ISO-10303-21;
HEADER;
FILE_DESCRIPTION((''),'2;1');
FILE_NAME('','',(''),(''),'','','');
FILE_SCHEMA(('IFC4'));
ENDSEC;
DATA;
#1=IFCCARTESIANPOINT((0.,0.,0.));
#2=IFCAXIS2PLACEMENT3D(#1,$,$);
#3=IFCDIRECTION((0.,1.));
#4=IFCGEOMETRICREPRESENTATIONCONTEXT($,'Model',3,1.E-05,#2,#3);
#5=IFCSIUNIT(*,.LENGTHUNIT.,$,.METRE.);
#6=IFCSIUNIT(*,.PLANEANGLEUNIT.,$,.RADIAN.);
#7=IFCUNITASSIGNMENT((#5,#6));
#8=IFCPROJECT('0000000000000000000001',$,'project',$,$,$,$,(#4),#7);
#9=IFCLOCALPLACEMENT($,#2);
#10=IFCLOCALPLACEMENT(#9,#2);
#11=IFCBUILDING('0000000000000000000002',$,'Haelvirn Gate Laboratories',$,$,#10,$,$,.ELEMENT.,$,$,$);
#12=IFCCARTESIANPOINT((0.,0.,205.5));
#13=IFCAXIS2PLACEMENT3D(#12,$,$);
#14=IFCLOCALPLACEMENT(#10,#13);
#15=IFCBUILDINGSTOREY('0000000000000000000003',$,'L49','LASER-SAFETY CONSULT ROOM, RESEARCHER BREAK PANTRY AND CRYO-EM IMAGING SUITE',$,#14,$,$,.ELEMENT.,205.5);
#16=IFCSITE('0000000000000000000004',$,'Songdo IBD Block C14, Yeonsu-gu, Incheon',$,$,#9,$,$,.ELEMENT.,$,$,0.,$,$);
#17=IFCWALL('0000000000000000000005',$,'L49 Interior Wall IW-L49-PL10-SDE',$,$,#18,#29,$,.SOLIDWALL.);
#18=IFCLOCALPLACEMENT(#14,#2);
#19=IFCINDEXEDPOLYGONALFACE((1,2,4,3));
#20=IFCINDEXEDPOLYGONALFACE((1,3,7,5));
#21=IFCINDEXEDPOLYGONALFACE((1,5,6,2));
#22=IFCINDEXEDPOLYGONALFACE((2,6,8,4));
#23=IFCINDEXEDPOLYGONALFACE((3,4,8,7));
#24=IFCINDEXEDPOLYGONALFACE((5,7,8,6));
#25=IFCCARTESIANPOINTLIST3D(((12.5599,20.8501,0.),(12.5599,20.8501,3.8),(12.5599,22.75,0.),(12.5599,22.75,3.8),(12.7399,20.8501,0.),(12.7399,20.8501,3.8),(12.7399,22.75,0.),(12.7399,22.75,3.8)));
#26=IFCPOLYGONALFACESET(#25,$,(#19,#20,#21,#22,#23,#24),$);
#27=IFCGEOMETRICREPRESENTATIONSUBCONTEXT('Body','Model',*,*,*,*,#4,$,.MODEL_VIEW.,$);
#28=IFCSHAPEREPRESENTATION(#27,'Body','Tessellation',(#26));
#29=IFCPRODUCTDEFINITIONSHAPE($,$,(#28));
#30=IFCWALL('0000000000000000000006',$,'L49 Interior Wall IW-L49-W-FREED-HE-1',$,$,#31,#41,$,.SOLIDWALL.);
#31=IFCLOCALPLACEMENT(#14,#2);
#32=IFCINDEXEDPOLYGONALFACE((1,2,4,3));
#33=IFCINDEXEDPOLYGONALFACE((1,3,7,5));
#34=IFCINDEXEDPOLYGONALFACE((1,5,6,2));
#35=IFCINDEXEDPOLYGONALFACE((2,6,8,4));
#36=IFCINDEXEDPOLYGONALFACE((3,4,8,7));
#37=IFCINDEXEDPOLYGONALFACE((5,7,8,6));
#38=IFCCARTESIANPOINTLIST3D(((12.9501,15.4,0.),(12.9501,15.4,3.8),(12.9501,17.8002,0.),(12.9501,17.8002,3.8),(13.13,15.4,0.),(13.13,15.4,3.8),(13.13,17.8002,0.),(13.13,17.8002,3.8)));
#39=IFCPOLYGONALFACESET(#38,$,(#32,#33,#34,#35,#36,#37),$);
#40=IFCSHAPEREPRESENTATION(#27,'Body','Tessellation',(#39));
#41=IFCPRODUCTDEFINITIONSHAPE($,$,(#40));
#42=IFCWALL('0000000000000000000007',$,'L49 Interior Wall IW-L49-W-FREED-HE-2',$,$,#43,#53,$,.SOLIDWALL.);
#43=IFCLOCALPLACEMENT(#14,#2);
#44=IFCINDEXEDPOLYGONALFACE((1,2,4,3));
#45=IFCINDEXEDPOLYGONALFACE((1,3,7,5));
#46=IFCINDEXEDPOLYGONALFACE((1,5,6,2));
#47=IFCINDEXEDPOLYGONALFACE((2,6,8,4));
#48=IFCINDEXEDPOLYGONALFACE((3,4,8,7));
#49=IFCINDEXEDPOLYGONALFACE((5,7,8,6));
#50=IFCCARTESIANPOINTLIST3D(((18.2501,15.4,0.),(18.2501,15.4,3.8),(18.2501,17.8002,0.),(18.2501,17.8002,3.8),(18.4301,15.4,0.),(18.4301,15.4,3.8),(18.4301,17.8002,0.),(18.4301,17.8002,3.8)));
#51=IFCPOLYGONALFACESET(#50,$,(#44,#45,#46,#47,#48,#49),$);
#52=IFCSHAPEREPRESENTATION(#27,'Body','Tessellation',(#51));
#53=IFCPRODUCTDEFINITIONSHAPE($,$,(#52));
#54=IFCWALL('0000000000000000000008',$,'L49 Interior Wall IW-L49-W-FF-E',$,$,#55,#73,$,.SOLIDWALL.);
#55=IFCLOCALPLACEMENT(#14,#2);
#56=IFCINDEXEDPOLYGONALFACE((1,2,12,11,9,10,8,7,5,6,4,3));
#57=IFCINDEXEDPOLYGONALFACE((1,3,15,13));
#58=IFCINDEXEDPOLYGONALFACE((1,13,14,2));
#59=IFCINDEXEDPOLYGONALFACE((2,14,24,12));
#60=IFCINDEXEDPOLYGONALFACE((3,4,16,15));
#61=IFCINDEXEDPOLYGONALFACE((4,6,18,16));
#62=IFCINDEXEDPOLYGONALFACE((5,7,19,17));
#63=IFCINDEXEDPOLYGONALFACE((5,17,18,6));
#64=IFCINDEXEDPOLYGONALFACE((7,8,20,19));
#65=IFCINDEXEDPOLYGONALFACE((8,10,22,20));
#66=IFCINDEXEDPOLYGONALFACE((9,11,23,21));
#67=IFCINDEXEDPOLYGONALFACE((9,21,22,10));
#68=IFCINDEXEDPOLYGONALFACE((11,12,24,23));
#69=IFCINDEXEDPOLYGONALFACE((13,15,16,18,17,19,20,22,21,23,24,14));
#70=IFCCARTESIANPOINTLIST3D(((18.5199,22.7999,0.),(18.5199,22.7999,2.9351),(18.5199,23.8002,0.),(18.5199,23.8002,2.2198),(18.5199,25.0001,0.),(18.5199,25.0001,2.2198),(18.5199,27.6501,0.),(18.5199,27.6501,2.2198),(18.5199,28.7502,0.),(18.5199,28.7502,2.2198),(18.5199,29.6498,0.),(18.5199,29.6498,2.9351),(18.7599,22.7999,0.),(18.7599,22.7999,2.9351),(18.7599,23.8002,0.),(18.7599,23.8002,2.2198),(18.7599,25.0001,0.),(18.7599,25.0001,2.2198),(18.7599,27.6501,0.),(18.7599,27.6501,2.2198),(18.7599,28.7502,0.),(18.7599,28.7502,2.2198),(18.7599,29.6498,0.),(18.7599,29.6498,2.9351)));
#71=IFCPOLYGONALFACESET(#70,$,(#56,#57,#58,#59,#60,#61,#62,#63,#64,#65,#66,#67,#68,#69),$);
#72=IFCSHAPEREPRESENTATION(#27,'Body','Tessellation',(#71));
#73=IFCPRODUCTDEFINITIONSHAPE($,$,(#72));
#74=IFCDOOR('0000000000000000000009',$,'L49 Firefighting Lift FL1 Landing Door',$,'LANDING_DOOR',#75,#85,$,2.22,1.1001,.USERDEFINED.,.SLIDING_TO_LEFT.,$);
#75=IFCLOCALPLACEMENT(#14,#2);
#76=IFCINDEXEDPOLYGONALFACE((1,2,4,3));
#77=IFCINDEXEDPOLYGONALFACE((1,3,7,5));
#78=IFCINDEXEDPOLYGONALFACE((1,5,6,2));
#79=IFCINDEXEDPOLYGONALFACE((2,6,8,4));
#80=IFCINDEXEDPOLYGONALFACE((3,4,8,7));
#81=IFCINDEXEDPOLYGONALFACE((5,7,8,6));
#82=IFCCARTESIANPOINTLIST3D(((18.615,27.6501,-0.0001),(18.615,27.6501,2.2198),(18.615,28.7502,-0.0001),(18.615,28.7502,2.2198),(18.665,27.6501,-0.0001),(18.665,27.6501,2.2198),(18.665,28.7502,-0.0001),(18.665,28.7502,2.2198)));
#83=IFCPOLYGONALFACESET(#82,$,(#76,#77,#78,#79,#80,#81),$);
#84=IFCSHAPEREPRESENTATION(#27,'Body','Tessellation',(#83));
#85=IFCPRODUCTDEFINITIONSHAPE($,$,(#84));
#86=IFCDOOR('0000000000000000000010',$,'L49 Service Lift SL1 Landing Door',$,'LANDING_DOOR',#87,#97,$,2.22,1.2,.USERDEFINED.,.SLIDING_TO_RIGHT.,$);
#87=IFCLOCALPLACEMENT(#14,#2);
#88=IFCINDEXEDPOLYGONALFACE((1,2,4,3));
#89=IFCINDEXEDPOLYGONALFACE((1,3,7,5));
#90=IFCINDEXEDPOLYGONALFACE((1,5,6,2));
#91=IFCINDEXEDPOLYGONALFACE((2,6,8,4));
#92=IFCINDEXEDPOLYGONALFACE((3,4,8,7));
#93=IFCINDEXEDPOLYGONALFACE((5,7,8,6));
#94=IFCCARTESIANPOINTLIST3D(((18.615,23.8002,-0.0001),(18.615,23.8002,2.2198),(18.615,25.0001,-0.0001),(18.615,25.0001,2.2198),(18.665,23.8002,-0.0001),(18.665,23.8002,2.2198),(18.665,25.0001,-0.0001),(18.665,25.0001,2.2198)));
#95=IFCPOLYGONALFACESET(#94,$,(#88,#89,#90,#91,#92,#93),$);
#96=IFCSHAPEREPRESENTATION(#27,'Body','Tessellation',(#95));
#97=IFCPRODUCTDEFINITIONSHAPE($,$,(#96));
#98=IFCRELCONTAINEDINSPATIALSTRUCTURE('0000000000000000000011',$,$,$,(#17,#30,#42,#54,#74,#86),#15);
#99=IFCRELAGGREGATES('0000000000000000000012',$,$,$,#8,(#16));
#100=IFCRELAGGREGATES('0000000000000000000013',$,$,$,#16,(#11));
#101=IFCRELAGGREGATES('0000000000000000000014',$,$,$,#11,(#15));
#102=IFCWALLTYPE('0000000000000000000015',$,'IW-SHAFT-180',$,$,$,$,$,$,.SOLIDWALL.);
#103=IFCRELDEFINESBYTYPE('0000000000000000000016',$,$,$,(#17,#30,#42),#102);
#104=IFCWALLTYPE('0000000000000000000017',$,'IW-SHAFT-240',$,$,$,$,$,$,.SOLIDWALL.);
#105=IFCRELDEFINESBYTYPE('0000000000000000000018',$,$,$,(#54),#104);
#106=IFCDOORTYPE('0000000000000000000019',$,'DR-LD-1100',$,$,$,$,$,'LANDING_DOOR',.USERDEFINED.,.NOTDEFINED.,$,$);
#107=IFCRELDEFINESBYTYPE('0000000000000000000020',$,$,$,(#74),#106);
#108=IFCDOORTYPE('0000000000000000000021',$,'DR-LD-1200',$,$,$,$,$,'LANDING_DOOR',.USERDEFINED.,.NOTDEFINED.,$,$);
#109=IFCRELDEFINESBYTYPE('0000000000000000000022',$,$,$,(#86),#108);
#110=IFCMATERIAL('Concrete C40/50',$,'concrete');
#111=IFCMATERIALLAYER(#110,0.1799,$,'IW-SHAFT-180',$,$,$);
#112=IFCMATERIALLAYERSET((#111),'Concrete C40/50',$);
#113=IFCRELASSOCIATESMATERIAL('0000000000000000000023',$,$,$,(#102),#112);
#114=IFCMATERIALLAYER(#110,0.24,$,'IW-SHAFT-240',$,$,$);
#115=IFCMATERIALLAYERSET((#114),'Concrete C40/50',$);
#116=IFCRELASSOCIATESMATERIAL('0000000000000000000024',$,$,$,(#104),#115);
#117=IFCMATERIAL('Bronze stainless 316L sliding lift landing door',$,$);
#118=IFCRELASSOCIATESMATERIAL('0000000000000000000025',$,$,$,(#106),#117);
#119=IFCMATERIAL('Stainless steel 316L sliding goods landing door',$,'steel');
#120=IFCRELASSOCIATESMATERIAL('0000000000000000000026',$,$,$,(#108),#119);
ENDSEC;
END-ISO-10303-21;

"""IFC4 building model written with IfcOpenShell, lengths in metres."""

from ifc_helpers import new_model, si_unit, direction, frame, frame_2d, origin, place, context, subcontext, project, spatial, rectangle, extrude, source, transform, mapped, material, layer, layer_set, type_object, type_shapes, element, fill, save


model = new_model("IFC4")

# Units and contexts
model_context = context("Model", 3, precision=1e-05, world=origin(), true_north=direction((0.0, 1.0)))
body_context = subcontext(model_context, "Body", "Model", "MODEL_VIEW")
ifc_project = project(units=[si_unit("LENGTHUNIT", "METRE"), si_unit("PLANEANGLEUNIT", "RADIAN")], contexts=[model_context])

# Site, building, storey
site_placement = place(None, origin())
site = spatial("IfcSite", under=ifc_project, at=site_placement, Name="Songdo IBD Block C14, Yeonsu-gu, Incheon", CompositionType="ELEMENT", RefElevation=0.0)
building_placement = place(site_placement, origin())
building = spatial("IfcBuilding", under=site, at=building_placement, Name="Haelvirn Gate Laboratories", CompositionType="ELEMENT")
storey_placement = place(building_placement, frame((0.0, 0.0, 205.5)))
storey = spatial("IfcBuildingStorey", under=building, at=storey_placement, Name="L49", Description="LASER-SAFETY CONSULT ROOM, RESEARCHER BREAK PANTRY AND CRYO-EM IMAGING SUITE", CompositionType="ELEMENT", Elevation=205.5)

# Walls
ifc_material_1 = material(Name="Concrete C40/50", Category="concrete")
ifc_layer_1 = layer(ifc_material_1, 0.1799, Name="IW-SHAFT-180")
ifc_layer_set_1 = layer_set([ifc_layer_1], Name="Concrete C40/50")
wall_type_1 = type_object("IfcWallType", Name="IW-SHAFT-180", PredefinedType="SOLIDWALL", material=ifc_layer_set_1)
wall_1_placement = place(storey_placement, frame((12.6499, 20.8501, 0.0), z_axis=(0.0, 0.0, 1.0), x_axis=(0.0, 1.0, 0.0)))
element("IfcWall", 1, at=wall_1_placement, inside=storey, type_object=wall_type_1, Name="L49 Interior Wall IW-L49-PL10-SDE", PredefinedType="SOLIDWALL", context=body_context, shape_type="SweptSolid", body=[
    extrude(rectangle(XDim=1.8999, YDim=0.1799, at=frame_2d((0.95, 0.0))), origin(), (0.0, 0.0, 1.0), 3.8),
])
wall_2_placement = place(storey_placement, frame((13.04, 15.3999, 0.0), z_axis=(0.0, 0.0, 1.0), x_axis=(0.0, 1.0, 0.0)))
element("IfcWall", 2, at=wall_2_placement, inside=storey, type_object=wall_type_1, Name="L49 Interior Wall IW-L49-W-FREED-HE-1", PredefinedType="SOLIDWALL", context=body_context, shape_type="SweptSolid", body=[
    extrude(rectangle(XDim=2.4001, YDim=0.1799, at=frame_2d((1.2002, 0.0))), origin(), (0.0, 0.0, 1.0), 3.8),
])

# Wall
wall_3_placement = place(storey_placement, frame((18.3401, 15.3999, 0.0), z_axis=(0.0, 0.0, 1.0), x_axis=(0.0, 1.0, 0.0)))
element("IfcWall", 3, at=wall_3_placement, inside=storey, type_object=wall_type_1, Name="L49 Interior Wall IW-L49-W-FREED-HE-2", PredefinedType="SOLIDWALL", context=body_context, shape_type="SweptSolid", body=[
    extrude(rectangle(XDim=2.4001, YDim=0.1799, at=frame_2d((1.2002, 0.0))), origin(), (0.0, 0.0, 1.0), 3.8),
])

# Wall, openings, doors
ifc_layer_2 = layer(ifc_material_1, 0.24, Name="IW-SHAFT-240")
ifc_layer_set_2 = layer_set([ifc_layer_2], Name="Concrete C40/50")
wall_type_2 = type_object("IfcWallType", Name="IW-SHAFT-240", PredefinedType="SOLIDWALL", material=ifc_layer_set_2)
wall_4_placement = place(storey_placement, frame((18.6399, 22.8, 0.0), z_axis=(0.0, 0.0, 1.0), x_axis=(0.0, 1.0, 0.0)))
wall_4 = element("IfcWall", 4, at=wall_4_placement, inside=storey, type_object=wall_type_2, Name="L49 Interior Wall IW-L49-W-FF-E", PredefinedType="SOLIDWALL", context=body_context, shape_type="SweptSolid", body=[
    extrude(rectangle(XDim=6.8499, YDim=0.24, at=frame_2d((3.4248, 0.0))), origin(), (0.0, 0.0, 1.0), 2.9351),
])
opening_1_placement = place(wall_4_placement, frame((4.8501, 0.0, 0.0)))
opening_1 = element("IfcOpeningElement", 5, at=opening_1_placement, cuts=wall_4, PredefinedType="OPENING", context=body_context, shape_type="SweptSolid", body=[
    extrude(rectangle(XDim=1.1001, YDim=2.22, at=frame_2d((0.55, 1.1099))), frame((0.0, 0.1299, 0.0), z_axis=(0.0, -1.0, 0.0), x_axis=(1.0, 0.0, 0.0)), (0.0, 0.0, 1.0), 0.26),
])
opening_2_placement = place(wall_4_placement, frame((1.0, 0.0, 0.0)))
opening_2 = element("IfcOpeningElement", 6, at=opening_2_placement, cuts=wall_4, PredefinedType="OPENING", context=body_context, shape_type="SweptSolid", body=[
    extrude(rectangle(XDim=1.2, YDim=2.22, at=frame_2d((0.6001, 1.1099))), frame((0.0, 0.1299, 0.0), z_axis=(0.0, -1.0, 0.0), x_axis=(1.0, 0.0, 0.0)), (0.0, 0.0, 1.0), 0.26),
])
ifc_material_2 = material(Name="Bronze stainless 316L sliding lift landing door")
door_type_1 = type_object("IfcDoorType", Name="DR-LD-1100", ElementType="LANDING_DOOR", OperationType="NOTDEFINED", PredefinedType="USERDEFINED", material=ifc_material_2)
shared_shape_1 = source(origin(), body_context, "Body", "SweptSolid", [
    extrude(rectangle(XDim=1.1001, YDim=2.22, at=frame_2d((0.55, 1.1099))), frame((0.0, 0.0249, 0.0), z_axis=(0.0, -1.0, 0.0), x_axis=(1.0, 0.0, 0.0)), (0.0, 0.0, 1.0), 0.05),
])
type_shapes(door_type_1, [shared_shape_1])
door_1_placement = place(opening_1_placement, origin())
door_1 = element("IfcDoor", 7, at=door_1_placement, inside=storey, type_object=door_type_1, Name="L49 Firefighting Lift FL1 Landing Door", ObjectType="LANDING_DOOR", OperationType="SLIDING_TO_LEFT", OverallHeight=2.22, OverallWidth=1.1001, PredefinedType="USERDEFINED", context=body_context, shape_type="MappedRepresentation", body=[
    mapped(shared_shape_1, transform((0.0, 0.0, 0.0), scale=1.0)),
])
fill(opening_1, door_1)
ifc_material_3 = material(Name="Stainless steel 316L sliding goods landing door", Category="steel")
door_type_2 = type_object("IfcDoorType", Name="DR-LD-1200", ElementType="LANDING_DOOR", OperationType="NOTDEFINED", PredefinedType="USERDEFINED", material=ifc_material_3)
shared_shape_2 = source(origin(), body_context, "Body", "SweptSolid", [
    extrude(rectangle(XDim=1.2, YDim=2.22, at=frame_2d((0.6001, 1.1099))), frame((0.0, 0.0249, 0.0), z_axis=(0.0, -1.0, 0.0), x_axis=(1.0, 0.0, 0.0)), (0.0, 0.0, 1.0), 0.05),
])
type_shapes(door_type_2, [shared_shape_2])
door_2_placement = place(opening_2_placement, origin())
door_2 = element("IfcDoor", 8, at=door_2_placement, inside=storey, type_object=door_type_2, Name="L49 Service Lift SL1 Landing Door", ObjectType="LANDING_DOOR", OperationType="SLIDING_TO_RIGHT", OverallHeight=2.22, OverallWidth=1.2, PredefinedType="USERDEFINED", context=body_context, shape_type="MappedRepresentation", body=[
    mapped(shared_shape_2, transform((0.0, 0.0, 0.0), scale=1.0)),
])
fill(opening_2, door_2)

save(model, "model.ifc")
